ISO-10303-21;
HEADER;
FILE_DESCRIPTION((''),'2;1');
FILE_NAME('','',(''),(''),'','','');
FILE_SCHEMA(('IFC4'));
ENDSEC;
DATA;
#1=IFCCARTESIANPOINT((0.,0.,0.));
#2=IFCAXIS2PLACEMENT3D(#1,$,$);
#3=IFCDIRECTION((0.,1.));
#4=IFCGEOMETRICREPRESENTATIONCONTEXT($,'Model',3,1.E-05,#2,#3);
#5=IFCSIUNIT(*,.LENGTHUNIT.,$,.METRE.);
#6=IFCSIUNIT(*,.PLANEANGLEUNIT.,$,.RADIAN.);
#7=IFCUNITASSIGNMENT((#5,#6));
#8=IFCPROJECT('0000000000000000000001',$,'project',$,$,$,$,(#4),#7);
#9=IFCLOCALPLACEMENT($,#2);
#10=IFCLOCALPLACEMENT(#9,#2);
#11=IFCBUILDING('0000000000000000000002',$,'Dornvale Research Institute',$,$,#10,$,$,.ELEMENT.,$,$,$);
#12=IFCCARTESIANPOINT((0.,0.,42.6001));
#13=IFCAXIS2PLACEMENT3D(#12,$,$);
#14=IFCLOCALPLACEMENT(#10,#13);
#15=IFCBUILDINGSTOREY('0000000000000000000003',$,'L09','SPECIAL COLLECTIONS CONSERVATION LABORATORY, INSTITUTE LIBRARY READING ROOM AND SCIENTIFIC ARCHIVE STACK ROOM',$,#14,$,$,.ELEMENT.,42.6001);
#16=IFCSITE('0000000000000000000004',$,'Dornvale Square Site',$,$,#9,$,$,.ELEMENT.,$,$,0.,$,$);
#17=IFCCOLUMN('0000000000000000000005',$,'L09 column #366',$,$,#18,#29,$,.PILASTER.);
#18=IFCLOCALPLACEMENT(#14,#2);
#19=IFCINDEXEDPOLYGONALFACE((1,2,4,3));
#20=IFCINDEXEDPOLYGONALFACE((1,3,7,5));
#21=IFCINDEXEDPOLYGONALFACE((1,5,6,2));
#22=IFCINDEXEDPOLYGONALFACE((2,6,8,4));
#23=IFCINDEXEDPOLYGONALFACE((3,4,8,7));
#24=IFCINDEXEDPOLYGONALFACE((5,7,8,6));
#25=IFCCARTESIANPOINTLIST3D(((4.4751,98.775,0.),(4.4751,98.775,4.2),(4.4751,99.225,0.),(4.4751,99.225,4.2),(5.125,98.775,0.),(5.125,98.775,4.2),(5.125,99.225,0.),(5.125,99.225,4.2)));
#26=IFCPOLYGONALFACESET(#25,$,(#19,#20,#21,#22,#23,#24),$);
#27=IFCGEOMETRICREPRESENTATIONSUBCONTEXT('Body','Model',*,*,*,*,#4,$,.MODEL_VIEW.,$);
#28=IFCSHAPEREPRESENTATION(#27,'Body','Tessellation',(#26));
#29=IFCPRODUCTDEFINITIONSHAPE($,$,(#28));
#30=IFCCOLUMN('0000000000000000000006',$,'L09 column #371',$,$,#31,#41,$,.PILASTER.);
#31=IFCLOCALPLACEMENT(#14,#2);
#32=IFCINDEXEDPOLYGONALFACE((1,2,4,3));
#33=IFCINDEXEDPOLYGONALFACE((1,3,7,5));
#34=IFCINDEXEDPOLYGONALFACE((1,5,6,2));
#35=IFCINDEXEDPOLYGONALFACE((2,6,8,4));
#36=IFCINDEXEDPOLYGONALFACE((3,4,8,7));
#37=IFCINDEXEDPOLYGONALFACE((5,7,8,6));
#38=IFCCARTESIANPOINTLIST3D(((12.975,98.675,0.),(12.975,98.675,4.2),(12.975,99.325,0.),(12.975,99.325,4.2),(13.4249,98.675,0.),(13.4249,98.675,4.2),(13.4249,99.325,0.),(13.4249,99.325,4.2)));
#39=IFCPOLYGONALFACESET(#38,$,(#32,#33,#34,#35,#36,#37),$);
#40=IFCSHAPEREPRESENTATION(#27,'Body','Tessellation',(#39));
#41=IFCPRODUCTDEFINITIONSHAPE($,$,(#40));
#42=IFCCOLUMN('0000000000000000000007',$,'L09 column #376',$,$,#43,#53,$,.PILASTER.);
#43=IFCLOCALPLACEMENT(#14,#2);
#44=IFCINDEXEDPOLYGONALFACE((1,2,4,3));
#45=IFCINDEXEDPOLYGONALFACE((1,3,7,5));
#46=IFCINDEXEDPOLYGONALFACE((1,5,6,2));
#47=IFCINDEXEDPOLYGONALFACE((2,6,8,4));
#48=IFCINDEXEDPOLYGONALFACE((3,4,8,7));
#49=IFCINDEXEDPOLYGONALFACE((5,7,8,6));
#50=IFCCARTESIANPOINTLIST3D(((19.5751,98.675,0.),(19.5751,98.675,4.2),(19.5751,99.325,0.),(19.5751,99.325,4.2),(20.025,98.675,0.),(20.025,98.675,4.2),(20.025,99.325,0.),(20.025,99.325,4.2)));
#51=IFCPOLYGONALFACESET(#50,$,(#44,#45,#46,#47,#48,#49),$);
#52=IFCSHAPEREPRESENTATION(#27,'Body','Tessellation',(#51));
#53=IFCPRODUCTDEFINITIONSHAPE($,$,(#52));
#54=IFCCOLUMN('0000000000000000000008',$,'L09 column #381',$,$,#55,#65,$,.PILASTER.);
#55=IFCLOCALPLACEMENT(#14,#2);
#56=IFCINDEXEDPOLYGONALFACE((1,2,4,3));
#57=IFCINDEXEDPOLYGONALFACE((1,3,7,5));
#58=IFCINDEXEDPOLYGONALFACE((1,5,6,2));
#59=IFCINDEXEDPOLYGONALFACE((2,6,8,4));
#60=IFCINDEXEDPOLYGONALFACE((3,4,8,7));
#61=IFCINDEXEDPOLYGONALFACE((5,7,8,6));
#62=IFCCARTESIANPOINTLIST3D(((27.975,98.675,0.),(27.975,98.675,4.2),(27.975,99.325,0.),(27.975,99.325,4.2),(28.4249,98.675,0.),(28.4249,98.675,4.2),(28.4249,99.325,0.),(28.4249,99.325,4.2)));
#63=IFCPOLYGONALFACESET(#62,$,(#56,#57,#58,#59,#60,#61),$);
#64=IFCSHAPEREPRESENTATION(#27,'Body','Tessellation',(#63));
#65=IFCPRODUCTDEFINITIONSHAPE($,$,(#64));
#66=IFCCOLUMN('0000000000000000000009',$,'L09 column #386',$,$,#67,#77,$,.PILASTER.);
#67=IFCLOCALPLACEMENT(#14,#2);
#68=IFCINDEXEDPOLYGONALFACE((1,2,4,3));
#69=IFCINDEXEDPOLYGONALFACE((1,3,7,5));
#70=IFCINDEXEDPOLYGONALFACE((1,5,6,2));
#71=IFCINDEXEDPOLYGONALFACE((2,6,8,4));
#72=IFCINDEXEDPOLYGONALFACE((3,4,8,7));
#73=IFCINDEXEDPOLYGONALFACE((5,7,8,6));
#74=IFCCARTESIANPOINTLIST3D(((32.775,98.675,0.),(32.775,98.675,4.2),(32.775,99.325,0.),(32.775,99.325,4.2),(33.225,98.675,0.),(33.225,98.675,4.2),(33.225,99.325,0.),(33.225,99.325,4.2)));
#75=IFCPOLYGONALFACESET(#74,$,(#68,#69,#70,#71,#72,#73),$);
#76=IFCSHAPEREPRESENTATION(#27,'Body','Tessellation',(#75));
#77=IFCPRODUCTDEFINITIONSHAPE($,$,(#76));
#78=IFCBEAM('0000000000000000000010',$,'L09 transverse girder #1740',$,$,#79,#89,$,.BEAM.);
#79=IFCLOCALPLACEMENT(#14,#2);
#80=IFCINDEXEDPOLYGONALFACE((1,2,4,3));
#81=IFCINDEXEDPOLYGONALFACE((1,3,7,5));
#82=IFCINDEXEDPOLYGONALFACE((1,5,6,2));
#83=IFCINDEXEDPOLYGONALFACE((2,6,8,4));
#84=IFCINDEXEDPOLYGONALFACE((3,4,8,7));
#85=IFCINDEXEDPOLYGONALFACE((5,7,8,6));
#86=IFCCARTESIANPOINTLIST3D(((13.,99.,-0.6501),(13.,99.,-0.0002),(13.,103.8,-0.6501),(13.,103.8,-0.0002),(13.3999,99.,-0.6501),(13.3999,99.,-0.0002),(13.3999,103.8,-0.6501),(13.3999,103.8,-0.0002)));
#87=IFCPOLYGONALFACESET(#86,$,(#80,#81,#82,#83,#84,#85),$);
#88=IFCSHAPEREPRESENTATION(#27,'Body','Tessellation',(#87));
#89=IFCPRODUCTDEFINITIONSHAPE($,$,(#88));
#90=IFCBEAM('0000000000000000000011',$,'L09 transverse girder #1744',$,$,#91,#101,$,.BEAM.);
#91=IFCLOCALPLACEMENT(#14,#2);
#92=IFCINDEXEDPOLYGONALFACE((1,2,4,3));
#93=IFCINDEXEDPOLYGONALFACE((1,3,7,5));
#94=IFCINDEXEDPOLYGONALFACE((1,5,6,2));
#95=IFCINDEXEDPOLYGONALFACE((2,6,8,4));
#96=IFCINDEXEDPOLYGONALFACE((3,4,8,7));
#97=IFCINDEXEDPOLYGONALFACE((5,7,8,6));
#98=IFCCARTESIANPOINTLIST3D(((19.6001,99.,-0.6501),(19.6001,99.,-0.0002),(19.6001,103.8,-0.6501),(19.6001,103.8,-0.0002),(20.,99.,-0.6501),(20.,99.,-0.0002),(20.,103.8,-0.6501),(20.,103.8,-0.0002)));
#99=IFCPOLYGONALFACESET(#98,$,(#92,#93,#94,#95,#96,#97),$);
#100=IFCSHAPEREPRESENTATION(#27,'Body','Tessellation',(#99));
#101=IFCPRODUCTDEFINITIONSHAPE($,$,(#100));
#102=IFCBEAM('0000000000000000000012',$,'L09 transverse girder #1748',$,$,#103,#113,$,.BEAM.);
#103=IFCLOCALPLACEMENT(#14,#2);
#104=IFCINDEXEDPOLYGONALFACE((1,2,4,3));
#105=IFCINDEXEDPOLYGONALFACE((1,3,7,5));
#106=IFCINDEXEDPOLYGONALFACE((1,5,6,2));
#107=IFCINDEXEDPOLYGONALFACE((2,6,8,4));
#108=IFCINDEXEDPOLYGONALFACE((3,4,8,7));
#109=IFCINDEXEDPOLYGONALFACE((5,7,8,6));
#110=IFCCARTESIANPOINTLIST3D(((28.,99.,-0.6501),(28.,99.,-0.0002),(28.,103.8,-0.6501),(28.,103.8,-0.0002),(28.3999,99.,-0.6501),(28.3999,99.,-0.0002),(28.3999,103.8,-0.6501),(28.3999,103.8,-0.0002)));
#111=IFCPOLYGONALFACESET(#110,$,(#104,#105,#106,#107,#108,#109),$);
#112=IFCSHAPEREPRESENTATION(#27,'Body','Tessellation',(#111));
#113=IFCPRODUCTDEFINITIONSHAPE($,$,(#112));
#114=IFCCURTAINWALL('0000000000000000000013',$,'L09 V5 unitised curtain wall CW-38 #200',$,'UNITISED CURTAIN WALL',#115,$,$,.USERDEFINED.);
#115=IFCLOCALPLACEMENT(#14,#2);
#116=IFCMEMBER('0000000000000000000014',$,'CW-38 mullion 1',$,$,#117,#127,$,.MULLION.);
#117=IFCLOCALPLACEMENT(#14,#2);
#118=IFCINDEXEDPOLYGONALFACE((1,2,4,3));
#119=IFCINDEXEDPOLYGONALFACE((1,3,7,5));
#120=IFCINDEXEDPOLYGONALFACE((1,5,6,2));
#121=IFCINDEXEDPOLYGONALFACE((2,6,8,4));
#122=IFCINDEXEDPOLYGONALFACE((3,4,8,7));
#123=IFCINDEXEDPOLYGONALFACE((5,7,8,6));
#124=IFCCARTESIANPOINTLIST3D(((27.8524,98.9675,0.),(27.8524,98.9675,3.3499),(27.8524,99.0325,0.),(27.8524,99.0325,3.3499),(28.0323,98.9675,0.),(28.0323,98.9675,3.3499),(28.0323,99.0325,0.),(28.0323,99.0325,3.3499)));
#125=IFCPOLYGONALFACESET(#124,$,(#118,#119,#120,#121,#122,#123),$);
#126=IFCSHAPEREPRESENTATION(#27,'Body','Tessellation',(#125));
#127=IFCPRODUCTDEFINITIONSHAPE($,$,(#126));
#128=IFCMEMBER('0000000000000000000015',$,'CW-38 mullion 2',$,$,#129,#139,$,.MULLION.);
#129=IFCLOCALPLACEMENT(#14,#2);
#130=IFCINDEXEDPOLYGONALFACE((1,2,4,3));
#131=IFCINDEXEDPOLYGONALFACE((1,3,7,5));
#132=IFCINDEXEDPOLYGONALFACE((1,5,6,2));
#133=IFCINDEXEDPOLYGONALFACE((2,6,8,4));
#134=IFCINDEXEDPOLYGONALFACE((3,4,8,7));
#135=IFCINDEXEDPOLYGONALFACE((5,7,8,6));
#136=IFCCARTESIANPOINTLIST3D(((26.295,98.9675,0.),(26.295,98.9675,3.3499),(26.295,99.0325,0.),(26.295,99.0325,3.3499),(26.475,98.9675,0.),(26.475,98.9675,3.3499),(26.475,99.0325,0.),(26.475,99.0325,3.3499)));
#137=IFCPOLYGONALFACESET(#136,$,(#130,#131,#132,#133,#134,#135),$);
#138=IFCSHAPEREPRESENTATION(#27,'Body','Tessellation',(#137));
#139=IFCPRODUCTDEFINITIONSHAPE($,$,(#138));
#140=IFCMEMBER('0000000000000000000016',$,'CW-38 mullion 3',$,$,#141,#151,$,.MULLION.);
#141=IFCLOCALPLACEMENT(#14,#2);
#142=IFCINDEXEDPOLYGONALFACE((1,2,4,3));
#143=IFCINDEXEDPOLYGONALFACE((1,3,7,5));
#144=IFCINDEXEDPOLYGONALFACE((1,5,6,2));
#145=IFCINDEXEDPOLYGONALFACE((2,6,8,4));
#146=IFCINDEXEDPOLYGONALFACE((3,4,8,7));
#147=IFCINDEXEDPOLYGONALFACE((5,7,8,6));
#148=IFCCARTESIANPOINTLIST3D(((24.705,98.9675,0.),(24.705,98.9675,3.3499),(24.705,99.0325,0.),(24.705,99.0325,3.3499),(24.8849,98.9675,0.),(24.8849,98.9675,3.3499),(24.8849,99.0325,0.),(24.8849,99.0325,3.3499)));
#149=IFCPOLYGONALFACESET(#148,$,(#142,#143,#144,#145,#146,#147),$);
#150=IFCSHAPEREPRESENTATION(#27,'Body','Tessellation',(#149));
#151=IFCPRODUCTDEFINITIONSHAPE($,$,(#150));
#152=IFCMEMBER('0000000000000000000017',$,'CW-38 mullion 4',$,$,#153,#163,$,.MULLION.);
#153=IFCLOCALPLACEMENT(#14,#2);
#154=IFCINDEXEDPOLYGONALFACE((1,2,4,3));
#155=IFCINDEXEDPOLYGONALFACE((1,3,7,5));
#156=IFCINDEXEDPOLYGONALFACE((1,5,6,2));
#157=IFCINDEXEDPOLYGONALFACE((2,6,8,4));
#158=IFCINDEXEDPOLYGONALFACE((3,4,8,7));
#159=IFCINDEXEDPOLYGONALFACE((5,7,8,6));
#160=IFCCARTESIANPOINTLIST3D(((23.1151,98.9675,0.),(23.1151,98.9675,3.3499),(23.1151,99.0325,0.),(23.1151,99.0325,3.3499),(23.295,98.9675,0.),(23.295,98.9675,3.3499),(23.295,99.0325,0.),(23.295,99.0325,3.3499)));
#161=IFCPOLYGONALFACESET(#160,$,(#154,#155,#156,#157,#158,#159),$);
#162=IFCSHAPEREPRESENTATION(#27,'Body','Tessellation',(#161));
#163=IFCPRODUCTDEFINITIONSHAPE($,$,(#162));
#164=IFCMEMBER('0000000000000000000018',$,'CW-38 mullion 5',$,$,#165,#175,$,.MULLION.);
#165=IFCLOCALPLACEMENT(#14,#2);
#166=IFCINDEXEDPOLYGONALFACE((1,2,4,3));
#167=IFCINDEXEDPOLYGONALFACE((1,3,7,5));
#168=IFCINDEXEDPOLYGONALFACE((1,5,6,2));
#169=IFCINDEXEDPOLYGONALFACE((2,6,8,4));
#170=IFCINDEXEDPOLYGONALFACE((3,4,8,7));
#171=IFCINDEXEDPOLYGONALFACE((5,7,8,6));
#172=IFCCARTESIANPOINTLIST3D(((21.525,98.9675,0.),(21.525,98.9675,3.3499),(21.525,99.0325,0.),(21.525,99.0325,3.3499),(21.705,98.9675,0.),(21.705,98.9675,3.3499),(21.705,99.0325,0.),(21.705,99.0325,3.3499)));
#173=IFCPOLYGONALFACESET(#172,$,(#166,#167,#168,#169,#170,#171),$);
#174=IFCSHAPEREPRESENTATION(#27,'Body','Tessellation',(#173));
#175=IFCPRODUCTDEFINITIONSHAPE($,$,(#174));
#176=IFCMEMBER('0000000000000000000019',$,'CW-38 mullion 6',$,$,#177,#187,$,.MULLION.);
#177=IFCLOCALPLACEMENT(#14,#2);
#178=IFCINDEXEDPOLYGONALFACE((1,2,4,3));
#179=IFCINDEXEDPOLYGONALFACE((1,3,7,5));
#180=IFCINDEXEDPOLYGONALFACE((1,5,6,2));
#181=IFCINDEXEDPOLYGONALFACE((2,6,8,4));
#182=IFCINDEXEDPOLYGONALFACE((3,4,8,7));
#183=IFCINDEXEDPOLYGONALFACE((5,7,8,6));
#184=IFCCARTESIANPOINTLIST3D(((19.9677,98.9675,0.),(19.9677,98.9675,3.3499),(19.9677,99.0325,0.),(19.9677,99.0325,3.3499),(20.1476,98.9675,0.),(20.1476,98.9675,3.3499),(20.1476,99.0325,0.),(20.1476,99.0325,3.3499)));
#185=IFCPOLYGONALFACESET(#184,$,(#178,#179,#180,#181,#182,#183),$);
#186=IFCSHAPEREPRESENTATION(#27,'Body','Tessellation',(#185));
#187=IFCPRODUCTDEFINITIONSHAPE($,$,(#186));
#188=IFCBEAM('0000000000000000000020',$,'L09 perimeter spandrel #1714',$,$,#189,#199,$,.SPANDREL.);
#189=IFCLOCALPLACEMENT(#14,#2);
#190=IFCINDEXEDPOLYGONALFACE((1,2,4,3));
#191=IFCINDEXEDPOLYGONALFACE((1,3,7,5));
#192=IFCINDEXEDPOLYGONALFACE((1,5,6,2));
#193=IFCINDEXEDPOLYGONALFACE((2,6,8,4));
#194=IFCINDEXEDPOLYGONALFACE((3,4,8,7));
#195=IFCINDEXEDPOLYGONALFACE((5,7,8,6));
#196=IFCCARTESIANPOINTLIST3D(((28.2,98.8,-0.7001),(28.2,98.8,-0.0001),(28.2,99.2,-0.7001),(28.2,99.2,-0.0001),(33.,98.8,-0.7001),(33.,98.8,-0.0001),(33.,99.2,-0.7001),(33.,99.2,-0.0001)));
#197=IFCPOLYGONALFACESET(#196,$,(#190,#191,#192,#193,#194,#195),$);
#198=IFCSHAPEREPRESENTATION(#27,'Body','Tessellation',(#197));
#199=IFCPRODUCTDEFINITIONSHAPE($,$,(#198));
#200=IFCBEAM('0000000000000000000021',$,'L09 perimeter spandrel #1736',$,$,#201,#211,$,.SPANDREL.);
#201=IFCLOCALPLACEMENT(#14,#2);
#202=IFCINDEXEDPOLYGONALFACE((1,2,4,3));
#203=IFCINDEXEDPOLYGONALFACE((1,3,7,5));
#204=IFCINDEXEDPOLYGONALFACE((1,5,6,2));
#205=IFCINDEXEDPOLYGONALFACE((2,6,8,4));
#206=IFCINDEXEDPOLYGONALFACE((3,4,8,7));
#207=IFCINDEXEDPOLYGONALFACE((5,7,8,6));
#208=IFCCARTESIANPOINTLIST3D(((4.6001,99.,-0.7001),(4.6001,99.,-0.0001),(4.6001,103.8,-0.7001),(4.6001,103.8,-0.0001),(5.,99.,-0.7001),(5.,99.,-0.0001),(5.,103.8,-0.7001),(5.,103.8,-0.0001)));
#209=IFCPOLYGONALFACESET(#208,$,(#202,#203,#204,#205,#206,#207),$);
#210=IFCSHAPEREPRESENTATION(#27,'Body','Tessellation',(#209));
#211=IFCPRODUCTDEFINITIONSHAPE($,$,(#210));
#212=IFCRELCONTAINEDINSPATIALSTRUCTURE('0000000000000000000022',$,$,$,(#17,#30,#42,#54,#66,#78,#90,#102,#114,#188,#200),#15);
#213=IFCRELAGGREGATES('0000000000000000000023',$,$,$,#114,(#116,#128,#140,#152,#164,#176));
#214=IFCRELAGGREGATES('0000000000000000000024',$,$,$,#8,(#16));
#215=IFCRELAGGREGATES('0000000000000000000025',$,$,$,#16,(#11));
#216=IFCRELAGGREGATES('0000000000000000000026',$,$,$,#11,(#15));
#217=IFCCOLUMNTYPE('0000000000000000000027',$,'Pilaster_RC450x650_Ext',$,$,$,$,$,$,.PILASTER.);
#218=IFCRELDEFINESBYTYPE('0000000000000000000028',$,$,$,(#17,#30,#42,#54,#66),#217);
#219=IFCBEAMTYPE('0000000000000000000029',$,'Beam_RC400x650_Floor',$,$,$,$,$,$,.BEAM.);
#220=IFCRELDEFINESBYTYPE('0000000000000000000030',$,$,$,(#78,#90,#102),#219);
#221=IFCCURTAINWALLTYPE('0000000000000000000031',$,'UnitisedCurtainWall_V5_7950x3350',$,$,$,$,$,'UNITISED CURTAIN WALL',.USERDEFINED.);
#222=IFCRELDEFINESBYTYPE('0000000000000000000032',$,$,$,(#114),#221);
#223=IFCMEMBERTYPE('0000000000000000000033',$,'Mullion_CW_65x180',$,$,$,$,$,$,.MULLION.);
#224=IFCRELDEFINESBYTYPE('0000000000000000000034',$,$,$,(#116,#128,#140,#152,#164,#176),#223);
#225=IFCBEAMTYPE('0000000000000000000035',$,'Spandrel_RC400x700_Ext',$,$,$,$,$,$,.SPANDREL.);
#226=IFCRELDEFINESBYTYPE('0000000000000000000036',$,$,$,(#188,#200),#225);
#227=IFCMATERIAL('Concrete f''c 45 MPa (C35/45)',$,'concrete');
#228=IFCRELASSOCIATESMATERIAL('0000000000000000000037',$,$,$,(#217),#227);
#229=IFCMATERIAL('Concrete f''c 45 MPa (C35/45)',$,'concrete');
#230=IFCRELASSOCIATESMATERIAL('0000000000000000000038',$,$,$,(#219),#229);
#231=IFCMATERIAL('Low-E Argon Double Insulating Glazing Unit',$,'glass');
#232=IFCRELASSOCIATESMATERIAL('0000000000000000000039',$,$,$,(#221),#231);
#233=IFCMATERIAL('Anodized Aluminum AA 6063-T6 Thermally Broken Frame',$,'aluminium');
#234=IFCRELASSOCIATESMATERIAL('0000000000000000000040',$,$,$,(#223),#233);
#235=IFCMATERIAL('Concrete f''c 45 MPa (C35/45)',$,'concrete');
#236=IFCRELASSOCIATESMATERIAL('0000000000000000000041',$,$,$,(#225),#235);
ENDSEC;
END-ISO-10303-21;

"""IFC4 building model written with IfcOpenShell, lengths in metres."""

from ifc_helpers import new_model, si_unit, direction, frame, origin, origin_2d, place, context, subcontext, project, spatial, rectangle, extrude, material, material_profile, profile_set, type_object, element, aggregate, save


model = new_model("IFC4")

# Units and contexts
model_context = context("Model", 3, precision=1e-05, world=origin(), true_north=direction((0.0, 1.0)))
body_context = subcontext(model_context, "Body", "Model", "MODEL_VIEW")
ifc_project = project(units=[si_unit("LENGTHUNIT", "METRE"), si_unit("PLANEANGLEUNIT", "RADIAN")], contexts=[model_context])

# Site, building, storey
site_placement = place(None, origin())
site = spatial("IfcSite", under=ifc_project, at=site_placement, Name="Dornvale Square Site", CompositionType="ELEMENT", RefElevation=0.0)
building_placement = place(site_placement, origin())
building = spatial("IfcBuilding", under=site, at=building_placement, Name="Dornvale Research Institute", CompositionType="ELEMENT")
storey_placement = place(building_placement, frame((0.0, 0.0, 42.6001)))
storey = spatial("IfcBuildingStorey", under=building, at=storey_placement, Name="L09", Description="SPECIAL COLLECTIONS CONSERVATION LABORATORY, INSTITUTE LIBRARY READING ROOM AND SCIENTIFIC ARCHIVE STACK ROOM", CompositionType="ELEMENT", Elevation=42.6001)

# Columns
ifc_material_1 = material(Name="Concrete f'c 45 MPa (C35/45)", Category="concrete")
ifc_material_profile_1 = material_profile(ifc_material_1, rectangle(XDim=0.45, YDim=0.6499, at=origin_2d()), Name="RC 450x650")
ifc_profile_set_1 = profile_set([ifc_material_profile_1], Name="Concrete f'c 45 MPa (C35/45)")
column_type = type_object("IfcColumnType", Name="Pilaster_RC450x650_Ext", PredefinedType="PILASTER", material=ifc_profile_set_1)
for number, where, z_axis, x_axis, name in (
    (1, (4.8, 99.0, 0.0), (0.0, 0.0, 1.0), (0.0, 1.0, 0.0), "L09 column #366"),
    (2, (13.2, 99.0, 0.0), (0.0, 0.0, 1.0), (1.0, 0.0, 0.0), "L09 column #371"),
    (3, (19.8, 99.0, 0.0), (0.0, 0.0, 1.0), (1.0, 0.0, 0.0), "L09 column #376"),
    (4, (28.2, 99.0, 0.0), (0.0, 0.0, 1.0), (1.0, 0.0, 0.0), "L09 column #381"),
    (5, (33.0, 99.0, 0.0), (0.0, 0.0, 1.0), (1.0, 0.0, 0.0), "L09 column #386"),
):
    element("IfcColumn", number, at=place(storey_placement, frame(where, z_axis=z_axis, x_axis=x_axis)), inside=storey, type_object=column_type, Name=name, PredefinedType="PILASTER", context=body_context, shape_type="SweptSolid", body=[
        extrude(rectangle(XDim=0.45, YDim=0.6499, at=origin_2d()), origin(), (0.0, 0.0, 1.0), 4.2),
    ])

# Beams
ifc_material_2 = material(Name="Concrete f'c 45 MPa (C35/45)", Category="concrete")
ifc_material_profile_2 = material_profile(ifc_material_2, rectangle(XDim=0.3999, YDim=0.6499, at=origin_2d()), Name="RC 400x650")
ifc_profile_set_2 = profile_set([ifc_material_profile_2], Name="Concrete f'c 45 MPa (C35/45)")
beam_type_1 = type_object("IfcBeamType", Name="Beam_RC400x650_Floor", PredefinedType="BEAM", material=ifc_profile_set_2)
for number, where, z_axis, x_axis, name in (
    (6, (13.2, 99.0, -0.3252), (0.0, 1.0, 0.0), (-1.0, 0.0, 0.0), "L09 transverse girder #1740"),
    (7, (19.8, 99.0, -0.3252), (0.0, 1.0, 0.0), (-1.0, 0.0, 0.0), "L09 transverse girder #1744"),
    (8, (28.2, 99.0, -0.3252), (0.0, 1.0, 0.0), (-1.0, 0.0, 0.0), "L09 transverse girder #1748"),
):
    element("IfcBeam", number, at=place(storey_placement, frame(where, z_axis=z_axis, x_axis=x_axis)), inside=storey, type_object=beam_type_1, Name=name, PredefinedType="BEAM", context=body_context, shape_type="SweptSolid", body=[
        extrude(rectangle(XDim=0.3999, YDim=0.6499, at=origin_2d()), origin(), (0.0, 0.0, 1.0), 4.8),
    ])

# Curtain wall, members
ifc_material_3 = material(Name="Low-E Argon Double Insulating Glazing Unit", Category="glass")
curtain_wall_type = type_object("IfcCurtainWallType", Name="UnitisedCurtainWall_V5_7950x3350", ElementType="UNITISED CURTAIN WALL", PredefinedType="USERDEFINED", material=ifc_material_3)
curtain_wall_placement = place(storey_placement, origin())
curtain_wall = element("IfcCurtainWall", 9, at=curtain_wall_placement, inside=storey, type_object=curtain_wall_type, Name="L09 V5 unitised curtain wall CW-38 #200", ObjectType="UNITISED CURTAIN WALL", PredefinedType="USERDEFINED")
ifc_material_4 = material(Name="Anodized Aluminum AA 6063-T6 Thermally Broken Frame", Category="aluminium")
ifc_material_profile_3 = material_profile(ifc_material_4, rectangle(XDim=0.0649, YDim=0.1799, at=origin_2d()), Name="ALU MULLION 65x180")
ifc_profile_set_3 = profile_set([ifc_material_profile_3], Name="Anodized Aluminum AA 6063-T6 Thermally Broken Frame")
member_type_1 = type_object("IfcMemberType", Name="Mullion_CW_65x180", PredefinedType="MULLION", material=ifc_profile_set_3)
member_1_placement = place(storey_placement, frame((27.9424, 99.0, 0.0), z_axis=(0.0, 0.0, 1.0), x_axis=(0.0, -1.0, 0.0)))
member_1 = element("IfcMember", 10, at=member_1_placement, type_object=member_type_1, Name="CW-38 mullion 1", PredefinedType="MULLION", context=body_context, shape_type="SweptSolid", body=[
    extrude(rectangle(XDim=0.0649, YDim=0.1799, at=origin_2d()), origin(), (0.0, 0.0, 1.0), 3.3499),
])
member_2_placement = place(storey_placement, frame((26.385, 99.0, 0.0), z_axis=(0.0, 0.0, 1.0), x_axis=(0.0, -1.0, 0.0)))
member_2 = element("IfcMember", 11, at=member_2_placement, type_object=member_type_1, Name="CW-38 mullion 2", PredefinedType="MULLION", context=body_context, shape_type="SweptSolid", body=[
    extrude(rectangle(XDim=0.0649, YDim=0.1799, at=origin_2d()), origin(), (0.0, 0.0, 1.0), 3.3499),
])
member_3_placement = place(storey_placement, frame((24.7949, 99.0, 0.0), z_axis=(0.0, 0.0, 1.0), x_axis=(0.0, -1.0, 0.0)))
member_3 = element("IfcMember", 12, at=member_3_placement, type_object=member_type_1, Name="CW-38 mullion 3", PredefinedType="MULLION", context=body_context, shape_type="SweptSolid", body=[
    extrude(rectangle(XDim=0.0649, YDim=0.1799, at=origin_2d()), origin(), (0.0, 0.0, 1.0), 3.3499),
])
member_4_placement = place(storey_placement, frame((23.2051, 99.0, 0.0), z_axis=(0.0, 0.0, 1.0), x_axis=(0.0, -1.0, 0.0)))
member_4 = element("IfcMember", 13, at=member_4_placement, type_object=member_type_1, Name="CW-38 mullion 4", PredefinedType="MULLION", context=body_context, shape_type="SweptSolid", body=[
    extrude(rectangle(XDim=0.0649, YDim=0.1799, at=origin_2d()), origin(), (0.0, 0.0, 1.0), 3.3499),
])
member_5_placement = place(storey_placement, frame((21.615, 99.0, 0.0), z_axis=(0.0, 0.0, 1.0), x_axis=(0.0, -1.0, 0.0)))
member_5 = element("IfcMember", 14, at=member_5_placement, type_object=member_type_1, Name="CW-38 mullion 5", PredefinedType="MULLION", context=body_context, shape_type="SweptSolid", body=[
    extrude(rectangle(XDim=0.0649, YDim=0.1799, at=origin_2d()), origin(), (0.0, 0.0, 1.0), 3.3499),
])
member_6_placement = place(storey_placement, frame((20.0576, 99.0, 0.0), z_axis=(0.0, 0.0, 1.0), x_axis=(0.0, -1.0, 0.0)))
member_6 = element("IfcMember", 15, at=member_6_placement, type_object=member_type_1, Name="CW-38 mullion 6", PredefinedType="MULLION", context=body_context, shape_type="SweptSolid", body=[
    extrude(rectangle(XDim=0.0649, YDim=0.1799, at=origin_2d()), origin(), (0.0, 0.0, 1.0), 3.3499),
])

# Beams
ifc_material_5 = material(Name="Concrete f'c 45 MPa (C35/45)", Category="concrete")
ifc_material_profile_4 = material_profile(ifc_material_5, rectangle(XDim=0.3999, YDim=0.7, at=origin_2d()), Name="RC 400x700")
ifc_profile_set_4 = profile_set([ifc_material_profile_4], Name="Concrete f'c 45 MPa (C35/45)")
beam_type_2 = type_object("IfcBeamType", Name="Spandrel_RC400x700_Ext", PredefinedType="SPANDREL", material=ifc_profile_set_4)
for number, where, z_axis, x_axis, name in (
    (16, (28.2, 99.0, -0.3501), (1.0, 0.0, 0.0), (0.0, 1.0, 0.0), "L09 perimeter spandrel #1714"),
    (17, (4.8, 99.0, -0.3501), (0.0, 1.0, 0.0), (-1.0, 0.0, 0.0), "L09 perimeter spandrel #1736"),
):
    element("IfcBeam", number, at=place(storey_placement, frame(where, z_axis=z_axis, x_axis=x_axis)), inside=storey, type_object=beam_type_2, Name=name, PredefinedType="SPANDREL", context=body_context, shape_type="SweptSolid", body=[
        extrude(rectangle(XDim=0.3999, YDim=0.7, at=origin_2d()), origin(), (0.0, 0.0, 1.0), 4.8),
    ])

aggregate(curtain_wall, [member_1, member_2, member_3, member_4, member_5, member_6])

save(model, "model.ifc")
